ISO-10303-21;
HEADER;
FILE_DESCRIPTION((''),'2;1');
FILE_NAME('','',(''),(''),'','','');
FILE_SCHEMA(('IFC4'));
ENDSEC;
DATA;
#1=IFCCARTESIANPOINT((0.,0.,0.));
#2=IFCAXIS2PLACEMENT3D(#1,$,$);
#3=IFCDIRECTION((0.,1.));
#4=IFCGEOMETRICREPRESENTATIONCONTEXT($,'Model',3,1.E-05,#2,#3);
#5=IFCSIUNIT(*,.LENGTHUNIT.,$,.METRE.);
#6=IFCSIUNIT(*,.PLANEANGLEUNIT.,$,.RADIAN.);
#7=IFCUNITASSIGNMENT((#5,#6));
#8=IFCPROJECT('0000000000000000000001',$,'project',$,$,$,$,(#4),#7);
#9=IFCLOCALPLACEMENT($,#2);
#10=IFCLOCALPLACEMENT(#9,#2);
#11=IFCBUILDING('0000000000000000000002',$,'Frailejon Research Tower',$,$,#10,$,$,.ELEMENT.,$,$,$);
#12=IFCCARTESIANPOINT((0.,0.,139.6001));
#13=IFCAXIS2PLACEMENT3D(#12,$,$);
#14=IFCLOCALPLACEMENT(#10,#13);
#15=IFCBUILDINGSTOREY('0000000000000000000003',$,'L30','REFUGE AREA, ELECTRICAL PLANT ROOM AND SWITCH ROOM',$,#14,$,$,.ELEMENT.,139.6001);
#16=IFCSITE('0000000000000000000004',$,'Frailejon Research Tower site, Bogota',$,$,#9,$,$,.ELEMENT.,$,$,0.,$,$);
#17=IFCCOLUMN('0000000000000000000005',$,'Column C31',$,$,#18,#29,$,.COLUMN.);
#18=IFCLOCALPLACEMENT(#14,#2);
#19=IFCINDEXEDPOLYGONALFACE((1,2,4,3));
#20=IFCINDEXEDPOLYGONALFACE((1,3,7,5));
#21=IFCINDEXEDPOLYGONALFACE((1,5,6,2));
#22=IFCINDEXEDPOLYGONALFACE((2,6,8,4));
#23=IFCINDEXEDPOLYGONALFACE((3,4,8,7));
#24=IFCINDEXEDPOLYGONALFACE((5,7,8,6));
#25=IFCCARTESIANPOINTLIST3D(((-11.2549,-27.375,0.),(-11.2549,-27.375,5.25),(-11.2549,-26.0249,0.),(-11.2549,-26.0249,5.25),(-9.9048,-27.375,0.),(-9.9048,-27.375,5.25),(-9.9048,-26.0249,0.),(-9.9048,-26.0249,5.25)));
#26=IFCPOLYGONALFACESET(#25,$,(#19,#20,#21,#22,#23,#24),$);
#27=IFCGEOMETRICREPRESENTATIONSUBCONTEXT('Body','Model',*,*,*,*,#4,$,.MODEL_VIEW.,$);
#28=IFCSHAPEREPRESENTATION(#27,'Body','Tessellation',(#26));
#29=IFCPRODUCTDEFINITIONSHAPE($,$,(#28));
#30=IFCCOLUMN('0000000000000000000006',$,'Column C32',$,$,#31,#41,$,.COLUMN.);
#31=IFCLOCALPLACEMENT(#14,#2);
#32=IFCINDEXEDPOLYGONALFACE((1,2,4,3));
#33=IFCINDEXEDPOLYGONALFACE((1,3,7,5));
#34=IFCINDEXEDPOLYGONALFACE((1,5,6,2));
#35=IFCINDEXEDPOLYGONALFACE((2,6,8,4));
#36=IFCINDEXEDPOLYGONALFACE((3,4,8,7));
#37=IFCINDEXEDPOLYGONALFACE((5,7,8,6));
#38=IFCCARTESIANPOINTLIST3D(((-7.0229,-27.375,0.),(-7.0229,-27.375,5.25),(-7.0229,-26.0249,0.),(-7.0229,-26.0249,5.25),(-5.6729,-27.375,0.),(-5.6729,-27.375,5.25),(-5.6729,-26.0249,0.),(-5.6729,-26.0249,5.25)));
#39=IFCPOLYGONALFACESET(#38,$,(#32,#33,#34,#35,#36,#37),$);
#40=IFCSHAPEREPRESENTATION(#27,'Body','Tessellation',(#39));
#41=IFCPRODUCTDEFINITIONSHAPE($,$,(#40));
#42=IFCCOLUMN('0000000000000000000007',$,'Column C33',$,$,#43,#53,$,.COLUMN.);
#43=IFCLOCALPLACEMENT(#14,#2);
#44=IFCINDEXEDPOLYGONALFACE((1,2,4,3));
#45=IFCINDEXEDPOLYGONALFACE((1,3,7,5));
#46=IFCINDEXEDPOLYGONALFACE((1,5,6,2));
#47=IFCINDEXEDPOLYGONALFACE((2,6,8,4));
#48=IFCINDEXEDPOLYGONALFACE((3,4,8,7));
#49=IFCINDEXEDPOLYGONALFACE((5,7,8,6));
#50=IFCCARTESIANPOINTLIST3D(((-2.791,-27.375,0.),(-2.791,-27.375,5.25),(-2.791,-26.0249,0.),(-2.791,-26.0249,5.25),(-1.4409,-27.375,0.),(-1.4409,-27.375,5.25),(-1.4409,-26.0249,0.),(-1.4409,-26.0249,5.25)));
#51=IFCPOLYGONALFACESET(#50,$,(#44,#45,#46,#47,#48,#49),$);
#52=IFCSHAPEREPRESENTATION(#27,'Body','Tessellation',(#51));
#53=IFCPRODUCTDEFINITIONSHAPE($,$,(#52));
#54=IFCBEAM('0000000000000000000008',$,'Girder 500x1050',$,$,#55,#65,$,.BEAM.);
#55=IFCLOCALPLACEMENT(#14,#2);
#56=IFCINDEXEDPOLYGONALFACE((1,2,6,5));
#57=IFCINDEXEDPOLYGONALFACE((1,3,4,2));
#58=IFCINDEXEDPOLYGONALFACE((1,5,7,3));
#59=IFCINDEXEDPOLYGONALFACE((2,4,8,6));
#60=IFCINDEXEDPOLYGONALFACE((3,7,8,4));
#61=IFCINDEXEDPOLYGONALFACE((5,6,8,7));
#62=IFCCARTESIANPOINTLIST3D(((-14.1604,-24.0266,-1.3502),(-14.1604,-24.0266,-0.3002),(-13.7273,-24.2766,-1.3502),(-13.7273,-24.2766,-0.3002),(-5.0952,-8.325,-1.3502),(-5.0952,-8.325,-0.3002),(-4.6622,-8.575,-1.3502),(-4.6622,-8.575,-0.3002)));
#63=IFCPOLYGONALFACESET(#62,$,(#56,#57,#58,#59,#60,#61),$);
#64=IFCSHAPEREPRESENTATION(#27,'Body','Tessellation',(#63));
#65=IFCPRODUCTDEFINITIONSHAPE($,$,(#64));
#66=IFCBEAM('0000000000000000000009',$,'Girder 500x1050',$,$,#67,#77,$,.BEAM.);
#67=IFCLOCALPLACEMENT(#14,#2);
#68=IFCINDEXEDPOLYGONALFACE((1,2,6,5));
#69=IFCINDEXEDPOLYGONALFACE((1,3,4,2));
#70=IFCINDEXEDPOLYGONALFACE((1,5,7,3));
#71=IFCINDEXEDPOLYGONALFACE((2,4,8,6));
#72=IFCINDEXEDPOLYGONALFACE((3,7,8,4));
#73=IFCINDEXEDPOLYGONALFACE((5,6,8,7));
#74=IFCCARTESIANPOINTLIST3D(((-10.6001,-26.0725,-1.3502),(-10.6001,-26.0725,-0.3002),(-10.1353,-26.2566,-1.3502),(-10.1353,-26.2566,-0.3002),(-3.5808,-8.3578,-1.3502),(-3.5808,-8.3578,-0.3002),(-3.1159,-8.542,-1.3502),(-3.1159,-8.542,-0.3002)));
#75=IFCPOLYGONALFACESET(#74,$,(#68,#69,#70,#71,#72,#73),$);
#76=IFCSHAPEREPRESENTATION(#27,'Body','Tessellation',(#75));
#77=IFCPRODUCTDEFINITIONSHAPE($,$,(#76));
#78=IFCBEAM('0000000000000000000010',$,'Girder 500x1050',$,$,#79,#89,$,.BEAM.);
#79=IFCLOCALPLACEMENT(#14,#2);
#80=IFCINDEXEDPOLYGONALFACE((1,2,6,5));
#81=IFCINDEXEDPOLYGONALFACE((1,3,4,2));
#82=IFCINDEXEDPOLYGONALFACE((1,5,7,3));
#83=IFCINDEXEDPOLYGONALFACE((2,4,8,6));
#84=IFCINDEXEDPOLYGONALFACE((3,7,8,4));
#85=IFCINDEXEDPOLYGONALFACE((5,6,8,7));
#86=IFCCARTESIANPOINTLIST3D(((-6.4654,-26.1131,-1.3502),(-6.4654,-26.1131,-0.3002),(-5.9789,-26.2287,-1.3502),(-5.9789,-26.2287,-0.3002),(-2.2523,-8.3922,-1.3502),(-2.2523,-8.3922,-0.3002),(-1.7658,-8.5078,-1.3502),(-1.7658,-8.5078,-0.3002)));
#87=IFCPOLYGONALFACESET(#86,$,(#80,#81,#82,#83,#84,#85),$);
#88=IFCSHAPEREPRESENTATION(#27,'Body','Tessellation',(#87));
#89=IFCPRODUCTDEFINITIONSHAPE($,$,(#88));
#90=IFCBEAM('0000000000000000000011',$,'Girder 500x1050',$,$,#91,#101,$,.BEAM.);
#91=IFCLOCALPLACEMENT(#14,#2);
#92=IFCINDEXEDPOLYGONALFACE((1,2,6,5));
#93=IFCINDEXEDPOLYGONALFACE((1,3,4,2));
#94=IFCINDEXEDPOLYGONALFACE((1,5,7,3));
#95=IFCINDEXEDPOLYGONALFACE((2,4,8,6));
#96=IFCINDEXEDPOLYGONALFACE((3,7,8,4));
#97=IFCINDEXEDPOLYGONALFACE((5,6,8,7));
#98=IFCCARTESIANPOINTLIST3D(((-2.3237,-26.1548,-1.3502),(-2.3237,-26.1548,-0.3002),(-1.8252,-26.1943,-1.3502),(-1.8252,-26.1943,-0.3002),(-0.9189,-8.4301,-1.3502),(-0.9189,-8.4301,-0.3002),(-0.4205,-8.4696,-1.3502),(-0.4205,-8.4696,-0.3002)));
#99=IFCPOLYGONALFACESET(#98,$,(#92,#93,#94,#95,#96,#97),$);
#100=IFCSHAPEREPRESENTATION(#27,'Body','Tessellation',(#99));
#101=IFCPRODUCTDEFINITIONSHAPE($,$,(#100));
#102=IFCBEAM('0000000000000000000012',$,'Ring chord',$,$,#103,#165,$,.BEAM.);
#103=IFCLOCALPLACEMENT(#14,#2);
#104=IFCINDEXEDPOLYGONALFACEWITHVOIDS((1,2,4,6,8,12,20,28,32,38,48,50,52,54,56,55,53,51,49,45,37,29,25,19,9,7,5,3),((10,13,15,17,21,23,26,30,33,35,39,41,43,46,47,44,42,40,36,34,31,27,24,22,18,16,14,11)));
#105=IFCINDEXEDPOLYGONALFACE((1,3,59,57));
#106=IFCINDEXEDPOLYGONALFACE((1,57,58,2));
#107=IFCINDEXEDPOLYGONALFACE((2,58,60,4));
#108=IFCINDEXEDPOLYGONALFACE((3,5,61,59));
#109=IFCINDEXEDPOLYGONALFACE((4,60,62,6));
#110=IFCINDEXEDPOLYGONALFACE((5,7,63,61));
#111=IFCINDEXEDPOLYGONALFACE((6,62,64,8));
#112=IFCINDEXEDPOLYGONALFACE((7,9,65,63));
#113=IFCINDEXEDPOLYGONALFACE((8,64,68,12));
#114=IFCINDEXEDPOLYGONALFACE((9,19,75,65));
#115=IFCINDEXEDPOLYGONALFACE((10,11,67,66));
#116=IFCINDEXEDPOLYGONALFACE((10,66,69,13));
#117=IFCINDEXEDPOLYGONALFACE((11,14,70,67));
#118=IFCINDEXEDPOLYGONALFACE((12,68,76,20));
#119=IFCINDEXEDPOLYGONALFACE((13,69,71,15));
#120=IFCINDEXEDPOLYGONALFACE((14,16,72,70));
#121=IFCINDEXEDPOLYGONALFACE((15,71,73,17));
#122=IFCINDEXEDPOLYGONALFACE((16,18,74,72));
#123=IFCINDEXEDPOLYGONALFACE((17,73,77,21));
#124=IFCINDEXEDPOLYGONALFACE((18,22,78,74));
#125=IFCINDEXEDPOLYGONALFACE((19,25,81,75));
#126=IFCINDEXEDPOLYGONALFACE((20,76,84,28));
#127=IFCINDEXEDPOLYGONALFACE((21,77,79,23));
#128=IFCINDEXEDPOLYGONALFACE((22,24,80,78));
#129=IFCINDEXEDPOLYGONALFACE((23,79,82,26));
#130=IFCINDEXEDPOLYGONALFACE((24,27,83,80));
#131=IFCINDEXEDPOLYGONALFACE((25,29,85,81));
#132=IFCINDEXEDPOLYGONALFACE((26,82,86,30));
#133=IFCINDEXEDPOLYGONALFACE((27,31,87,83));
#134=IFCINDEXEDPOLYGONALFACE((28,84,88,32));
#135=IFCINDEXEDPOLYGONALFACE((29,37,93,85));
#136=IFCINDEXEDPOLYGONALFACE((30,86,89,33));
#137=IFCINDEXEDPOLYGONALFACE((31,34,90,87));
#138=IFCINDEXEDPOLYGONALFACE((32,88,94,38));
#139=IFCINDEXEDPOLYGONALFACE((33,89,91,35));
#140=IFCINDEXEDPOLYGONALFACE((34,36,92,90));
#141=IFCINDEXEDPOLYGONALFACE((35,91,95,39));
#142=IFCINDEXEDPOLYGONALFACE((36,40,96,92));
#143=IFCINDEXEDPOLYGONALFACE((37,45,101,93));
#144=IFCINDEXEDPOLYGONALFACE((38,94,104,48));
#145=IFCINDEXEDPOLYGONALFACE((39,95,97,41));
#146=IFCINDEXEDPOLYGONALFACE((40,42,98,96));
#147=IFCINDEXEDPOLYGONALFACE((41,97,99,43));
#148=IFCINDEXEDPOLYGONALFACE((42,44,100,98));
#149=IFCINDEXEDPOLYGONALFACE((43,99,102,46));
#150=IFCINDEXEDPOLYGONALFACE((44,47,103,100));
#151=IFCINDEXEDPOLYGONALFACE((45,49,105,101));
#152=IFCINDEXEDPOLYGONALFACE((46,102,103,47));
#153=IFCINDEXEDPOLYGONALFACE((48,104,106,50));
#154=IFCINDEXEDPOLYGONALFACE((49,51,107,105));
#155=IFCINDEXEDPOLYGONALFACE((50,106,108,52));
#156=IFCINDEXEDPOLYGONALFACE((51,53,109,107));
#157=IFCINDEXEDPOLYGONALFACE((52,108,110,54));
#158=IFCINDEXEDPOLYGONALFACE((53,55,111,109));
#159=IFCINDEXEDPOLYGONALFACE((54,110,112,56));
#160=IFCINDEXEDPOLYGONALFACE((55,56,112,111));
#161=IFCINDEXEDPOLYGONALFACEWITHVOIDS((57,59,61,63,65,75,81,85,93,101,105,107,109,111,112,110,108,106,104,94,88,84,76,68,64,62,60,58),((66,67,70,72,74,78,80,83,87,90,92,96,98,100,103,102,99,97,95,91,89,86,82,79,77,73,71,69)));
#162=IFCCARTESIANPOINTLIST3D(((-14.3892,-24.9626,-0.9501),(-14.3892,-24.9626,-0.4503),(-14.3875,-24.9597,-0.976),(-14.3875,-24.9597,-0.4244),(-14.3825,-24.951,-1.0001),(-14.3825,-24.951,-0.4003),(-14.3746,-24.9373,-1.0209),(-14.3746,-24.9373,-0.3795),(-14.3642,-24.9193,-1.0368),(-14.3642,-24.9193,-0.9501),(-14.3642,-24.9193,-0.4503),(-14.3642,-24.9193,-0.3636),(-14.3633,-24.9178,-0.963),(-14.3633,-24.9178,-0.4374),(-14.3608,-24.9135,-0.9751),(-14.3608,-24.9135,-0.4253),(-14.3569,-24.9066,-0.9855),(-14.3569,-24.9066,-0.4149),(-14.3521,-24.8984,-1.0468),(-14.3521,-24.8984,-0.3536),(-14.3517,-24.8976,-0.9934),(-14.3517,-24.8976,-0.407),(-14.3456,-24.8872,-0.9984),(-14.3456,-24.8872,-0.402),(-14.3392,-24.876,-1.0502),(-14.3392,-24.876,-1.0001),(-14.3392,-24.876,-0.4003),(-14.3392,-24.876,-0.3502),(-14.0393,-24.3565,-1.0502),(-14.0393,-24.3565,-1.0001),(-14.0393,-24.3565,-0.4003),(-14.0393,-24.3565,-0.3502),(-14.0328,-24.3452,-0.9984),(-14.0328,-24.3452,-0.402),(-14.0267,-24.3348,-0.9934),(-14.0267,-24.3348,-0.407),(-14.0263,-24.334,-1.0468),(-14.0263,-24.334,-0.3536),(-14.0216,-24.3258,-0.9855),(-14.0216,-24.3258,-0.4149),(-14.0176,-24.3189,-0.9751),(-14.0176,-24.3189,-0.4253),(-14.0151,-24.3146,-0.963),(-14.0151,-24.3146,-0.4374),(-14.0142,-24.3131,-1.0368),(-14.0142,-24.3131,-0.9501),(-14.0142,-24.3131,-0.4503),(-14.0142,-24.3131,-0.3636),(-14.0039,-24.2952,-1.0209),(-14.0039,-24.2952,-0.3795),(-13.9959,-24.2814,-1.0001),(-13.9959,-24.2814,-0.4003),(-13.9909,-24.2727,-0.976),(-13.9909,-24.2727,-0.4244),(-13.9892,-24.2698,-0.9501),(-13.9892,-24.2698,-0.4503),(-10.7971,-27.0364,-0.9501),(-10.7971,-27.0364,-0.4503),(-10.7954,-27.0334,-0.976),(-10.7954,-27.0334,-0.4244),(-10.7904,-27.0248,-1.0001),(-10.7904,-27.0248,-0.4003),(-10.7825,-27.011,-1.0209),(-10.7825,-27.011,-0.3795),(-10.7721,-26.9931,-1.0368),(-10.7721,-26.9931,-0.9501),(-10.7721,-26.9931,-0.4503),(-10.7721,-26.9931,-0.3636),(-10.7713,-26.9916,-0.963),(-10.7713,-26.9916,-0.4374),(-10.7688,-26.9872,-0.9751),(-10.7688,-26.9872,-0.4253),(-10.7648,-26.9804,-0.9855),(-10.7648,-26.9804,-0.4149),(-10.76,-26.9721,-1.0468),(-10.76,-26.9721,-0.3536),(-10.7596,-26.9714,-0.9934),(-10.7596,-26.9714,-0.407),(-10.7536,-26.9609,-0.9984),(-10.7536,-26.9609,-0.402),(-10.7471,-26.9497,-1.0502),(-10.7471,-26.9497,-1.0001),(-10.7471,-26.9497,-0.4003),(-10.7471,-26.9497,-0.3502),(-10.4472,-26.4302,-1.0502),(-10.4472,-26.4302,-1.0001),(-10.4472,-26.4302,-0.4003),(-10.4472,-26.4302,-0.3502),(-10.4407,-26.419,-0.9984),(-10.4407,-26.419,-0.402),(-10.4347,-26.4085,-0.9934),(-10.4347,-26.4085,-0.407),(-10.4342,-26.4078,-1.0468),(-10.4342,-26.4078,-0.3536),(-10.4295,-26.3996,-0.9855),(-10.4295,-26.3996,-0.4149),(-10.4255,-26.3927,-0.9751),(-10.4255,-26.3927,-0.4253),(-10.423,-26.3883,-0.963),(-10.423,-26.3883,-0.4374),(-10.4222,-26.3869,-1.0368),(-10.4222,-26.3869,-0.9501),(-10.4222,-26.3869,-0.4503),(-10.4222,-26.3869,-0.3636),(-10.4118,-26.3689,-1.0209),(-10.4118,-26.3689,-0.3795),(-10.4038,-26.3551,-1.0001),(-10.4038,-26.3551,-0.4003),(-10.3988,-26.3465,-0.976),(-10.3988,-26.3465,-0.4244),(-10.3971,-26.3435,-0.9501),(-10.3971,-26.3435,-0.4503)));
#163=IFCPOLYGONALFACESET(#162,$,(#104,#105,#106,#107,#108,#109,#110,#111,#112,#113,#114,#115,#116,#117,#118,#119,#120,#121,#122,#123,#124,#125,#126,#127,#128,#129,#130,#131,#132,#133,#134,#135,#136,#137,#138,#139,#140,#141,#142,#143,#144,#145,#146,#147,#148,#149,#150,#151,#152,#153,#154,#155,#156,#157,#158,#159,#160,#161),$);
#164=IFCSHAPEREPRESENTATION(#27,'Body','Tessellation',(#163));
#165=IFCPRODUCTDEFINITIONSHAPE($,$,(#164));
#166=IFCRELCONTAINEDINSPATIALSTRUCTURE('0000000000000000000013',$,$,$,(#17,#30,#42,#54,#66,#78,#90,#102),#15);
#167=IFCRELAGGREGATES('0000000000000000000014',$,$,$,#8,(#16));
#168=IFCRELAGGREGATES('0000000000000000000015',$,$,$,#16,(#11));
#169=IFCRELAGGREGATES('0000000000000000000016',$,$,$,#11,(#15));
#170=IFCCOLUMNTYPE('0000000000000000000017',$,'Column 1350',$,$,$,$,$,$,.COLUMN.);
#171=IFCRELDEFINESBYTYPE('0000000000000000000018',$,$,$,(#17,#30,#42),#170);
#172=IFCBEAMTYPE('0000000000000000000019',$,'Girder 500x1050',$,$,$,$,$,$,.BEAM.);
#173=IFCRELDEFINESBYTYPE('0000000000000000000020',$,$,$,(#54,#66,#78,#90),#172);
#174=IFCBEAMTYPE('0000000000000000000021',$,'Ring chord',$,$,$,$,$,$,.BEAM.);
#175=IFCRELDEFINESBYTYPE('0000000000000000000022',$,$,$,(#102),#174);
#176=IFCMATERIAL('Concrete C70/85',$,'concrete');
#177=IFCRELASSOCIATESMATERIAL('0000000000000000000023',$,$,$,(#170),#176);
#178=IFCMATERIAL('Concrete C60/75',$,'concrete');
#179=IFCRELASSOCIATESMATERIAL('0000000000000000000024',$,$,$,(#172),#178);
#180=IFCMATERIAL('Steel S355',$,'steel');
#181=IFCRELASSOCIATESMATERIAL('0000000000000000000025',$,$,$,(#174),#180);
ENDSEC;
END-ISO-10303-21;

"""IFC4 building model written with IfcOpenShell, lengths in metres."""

from ifc_helpers import new_model, si_unit, direction, frame, origin, origin_2d, place, context, subcontext, project, spatial, rectangle, hollow_rectangle, extrude, material, material_profile, profile_set, type_object, element, save


model = new_model("IFC4")

# Units and contexts
model_context = context("Model", 3, precision=1e-05, world=origin(), true_north=direction((0.0, 1.0)))
body_context = subcontext(model_context, "Body", "Model", "MODEL_VIEW")
ifc_project = project(units=[si_unit("LENGTHUNIT", "METRE"), si_unit("PLANEANGLEUNIT", "RADIAN")], contexts=[model_context])

# Site, building, storey
site_placement = place(None, origin())
site = spatial("IfcSite", under=ifc_project, at=site_placement, Name="Frailejon Research Tower site, Bogota", CompositionType="ELEMENT", RefElevation=0.0)
building_placement = place(site_placement, origin())
building = spatial("IfcBuilding", under=site, at=building_placement, Name="Frailejon Research Tower", CompositionType="ELEMENT")
storey_placement = place(building_placement, frame((0.0, 0.0, 139.6001)))
storey = spatial("IfcBuildingStorey", under=building, at=storey_placement, Name="L30", Description="REFUGE AREA, ELECTRICAL PLANT ROOM AND SWITCH ROOM", CompositionType="ELEMENT", Elevation=139.6001)

# Columns
ifc_material_1 = material(Name="Concrete C70/85", Category="concrete")
ifc_material_profile_1 = material_profile(ifc_material_1, rectangle(XDim=1.3501, YDim=1.3501, at=origin_2d()), Name="Column 1350")
ifc_profile_set_1 = profile_set([ifc_material_profile_1], Name="Concrete C70/85")
column_type = type_object("IfcColumnType", Name="Column 1350", PredefinedType="COLUMN", material=ifc_profile_set_1)
for number, where, z_axis, x_axis, name in (
    (1, (-10.5798, -26.7, 0.0), (0.0, 0.0, 1.0), (1.0, 0.0, 0.0), "Column C31"),
    (2, (-6.3479, -26.7, 0.0), (0.0, 0.0, 1.0), (1.0, 0.0, 0.0), "Column C32"),
    (3, (-2.116, -26.7, 0.0), (0.0, 0.0, 1.0), (1.0, 0.0, 0.0), "Column C33"),
):
    element("IfcColumn", number, at=place(storey_placement, frame(where, z_axis=z_axis, x_axis=x_axis)), inside=storey, type_object=column_type, Name=name, PredefinedType="COLUMN", context=body_context, shape_type="SweptSolid", body=[
        extrude(rectangle(XDim=1.3501, YDim=1.3501, at=origin_2d()), origin(), (0.0, 0.0, 1.0), 5.25),
    ])

# Beams
ifc_material_2 = material(Name="Concrete C60/75", Category="concrete")
ifc_material_profile_2 = material_profile(ifc_material_2, rectangle(XDim=0.5, YDim=1.05, at=origin_2d()), Name="Girder 500x1050")
ifc_profile_set_2 = profile_set([ifc_material_profile_2], Name="Concrete C60/75")
beam_type_1 = type_object("IfcBeamType", Name="Girder 500x1050", PredefinedType="BEAM", material=ifc_profile_set_2)
beam_1_placement = place(storey_placement, frame((-13.9438, -24.1516, -0.8252), z_axis=(0.499993, 0.86603, 0.0), x_axis=(-0.86603, 0.499993, 0.0)))
element("IfcBeam", 4, at=beam_1_placement, inside=storey, type_object=beam_type_1, Name="Girder 500x1050", PredefinedType="BEAM", context=body_context, shape_type="SweptSolid", body=[
    extrude(rectangle(XDim=0.5, YDim=1.05, at=origin_2d()), origin(), (0.0, 0.0, 1.0), 18.1306),
])
beam_2_placement = place(storey_placement, frame((-10.3677, -26.1646, -0.8252), z_axis=(0.368378, 0.929676, 0.0), x_axis=(-0.929676, 0.368378, 0.0)))
element("IfcBeam", 5, at=beam_2_placement, inside=storey, type_object=beam_type_1, Name="Girder 500x1050", PredefinedType="BEAM", context=body_context, shape_type="SweptSolid", body=[
    extrude(rectangle(XDim=0.5, YDim=1.05, at=origin_2d()), origin(), (0.0, 0.0, 1.0), 19.0547),
])
beam_3_placement = place(storey_placement, frame((-6.2222, -26.1709, -0.8252), z_axis=(0.231302, 0.972882, 0.0), x_axis=(-0.972882, 0.231302, 0.0)))
element("IfcBeam", 6, at=beam_3_placement, inside=storey, type_object=beam_type_1, Name="Girder 500x1050", PredefinedType="BEAM", context=body_context, shape_type="SweptSolid", body=[
    extrude(rectangle(XDim=0.5, YDim=1.05, at=origin_2d()), origin(), (0.0, 0.0, 1.0), 18.2148),
])
beam_4_placement = place(storey_placement, frame((-2.0745, -26.1746, -0.8252), z_axis=(0.079008, 0.996874, 0.0), x_axis=(-0.996874, 0.079008, 0.0)))
element("IfcBeam", 7, at=beam_4_placement, inside=storey, type_object=beam_type_1, Name="Girder 500x1050", PredefinedType="BEAM", context=body_context, shape_type="SweptSolid", body=[
    extrude(rectangle(XDim=0.5, YDim=1.05, at=origin_2d()), origin(), (0.0, 0.0, 1.0), 17.7803),
])
ifc_material_3 = material(Name="Steel S355", Category="steel")
ifc_material_profile_3 = material_profile(ifc_material_3, hollow_rectangle(XDim=0.8, YDim=0.7, WallThickness=0.05, InnerFilletRadius=0.05, OuterFilletRadius=0.1001, at=origin_2d()), Name="Ring chord")
ifc_profile_set_3 = profile_set([ifc_material_profile_3], Name="Steel S355")
beam_type_2 = type_object("IfcBeamType", Name="Ring chord", PredefinedType="BEAM", material=ifc_profile_set_3)
beam_5_placement = place(storey_placement, frame((-14.1892, -24.6162, -0.7002), z_axis=(0.86604, -0.499976, 0.0), x_axis=(0.499976, 0.86604, 0.0)))
element("IfcBeam", 8, at=beam_5_placement, inside=storey, type_object=beam_type_2, Name="Ring chord", PredefinedType="BEAM", context=body_context, shape_type="SweptSolid", body=[
    extrude(hollow_rectangle(XDim=0.8, YDim=0.7, WallThickness=0.05, InnerFilletRadius=0.05, OuterFilletRadius=0.1001, at=origin_2d()), origin(), (0.0, 0.0, 1.0), 4.1477),
])

save(model, "model.ifc")
